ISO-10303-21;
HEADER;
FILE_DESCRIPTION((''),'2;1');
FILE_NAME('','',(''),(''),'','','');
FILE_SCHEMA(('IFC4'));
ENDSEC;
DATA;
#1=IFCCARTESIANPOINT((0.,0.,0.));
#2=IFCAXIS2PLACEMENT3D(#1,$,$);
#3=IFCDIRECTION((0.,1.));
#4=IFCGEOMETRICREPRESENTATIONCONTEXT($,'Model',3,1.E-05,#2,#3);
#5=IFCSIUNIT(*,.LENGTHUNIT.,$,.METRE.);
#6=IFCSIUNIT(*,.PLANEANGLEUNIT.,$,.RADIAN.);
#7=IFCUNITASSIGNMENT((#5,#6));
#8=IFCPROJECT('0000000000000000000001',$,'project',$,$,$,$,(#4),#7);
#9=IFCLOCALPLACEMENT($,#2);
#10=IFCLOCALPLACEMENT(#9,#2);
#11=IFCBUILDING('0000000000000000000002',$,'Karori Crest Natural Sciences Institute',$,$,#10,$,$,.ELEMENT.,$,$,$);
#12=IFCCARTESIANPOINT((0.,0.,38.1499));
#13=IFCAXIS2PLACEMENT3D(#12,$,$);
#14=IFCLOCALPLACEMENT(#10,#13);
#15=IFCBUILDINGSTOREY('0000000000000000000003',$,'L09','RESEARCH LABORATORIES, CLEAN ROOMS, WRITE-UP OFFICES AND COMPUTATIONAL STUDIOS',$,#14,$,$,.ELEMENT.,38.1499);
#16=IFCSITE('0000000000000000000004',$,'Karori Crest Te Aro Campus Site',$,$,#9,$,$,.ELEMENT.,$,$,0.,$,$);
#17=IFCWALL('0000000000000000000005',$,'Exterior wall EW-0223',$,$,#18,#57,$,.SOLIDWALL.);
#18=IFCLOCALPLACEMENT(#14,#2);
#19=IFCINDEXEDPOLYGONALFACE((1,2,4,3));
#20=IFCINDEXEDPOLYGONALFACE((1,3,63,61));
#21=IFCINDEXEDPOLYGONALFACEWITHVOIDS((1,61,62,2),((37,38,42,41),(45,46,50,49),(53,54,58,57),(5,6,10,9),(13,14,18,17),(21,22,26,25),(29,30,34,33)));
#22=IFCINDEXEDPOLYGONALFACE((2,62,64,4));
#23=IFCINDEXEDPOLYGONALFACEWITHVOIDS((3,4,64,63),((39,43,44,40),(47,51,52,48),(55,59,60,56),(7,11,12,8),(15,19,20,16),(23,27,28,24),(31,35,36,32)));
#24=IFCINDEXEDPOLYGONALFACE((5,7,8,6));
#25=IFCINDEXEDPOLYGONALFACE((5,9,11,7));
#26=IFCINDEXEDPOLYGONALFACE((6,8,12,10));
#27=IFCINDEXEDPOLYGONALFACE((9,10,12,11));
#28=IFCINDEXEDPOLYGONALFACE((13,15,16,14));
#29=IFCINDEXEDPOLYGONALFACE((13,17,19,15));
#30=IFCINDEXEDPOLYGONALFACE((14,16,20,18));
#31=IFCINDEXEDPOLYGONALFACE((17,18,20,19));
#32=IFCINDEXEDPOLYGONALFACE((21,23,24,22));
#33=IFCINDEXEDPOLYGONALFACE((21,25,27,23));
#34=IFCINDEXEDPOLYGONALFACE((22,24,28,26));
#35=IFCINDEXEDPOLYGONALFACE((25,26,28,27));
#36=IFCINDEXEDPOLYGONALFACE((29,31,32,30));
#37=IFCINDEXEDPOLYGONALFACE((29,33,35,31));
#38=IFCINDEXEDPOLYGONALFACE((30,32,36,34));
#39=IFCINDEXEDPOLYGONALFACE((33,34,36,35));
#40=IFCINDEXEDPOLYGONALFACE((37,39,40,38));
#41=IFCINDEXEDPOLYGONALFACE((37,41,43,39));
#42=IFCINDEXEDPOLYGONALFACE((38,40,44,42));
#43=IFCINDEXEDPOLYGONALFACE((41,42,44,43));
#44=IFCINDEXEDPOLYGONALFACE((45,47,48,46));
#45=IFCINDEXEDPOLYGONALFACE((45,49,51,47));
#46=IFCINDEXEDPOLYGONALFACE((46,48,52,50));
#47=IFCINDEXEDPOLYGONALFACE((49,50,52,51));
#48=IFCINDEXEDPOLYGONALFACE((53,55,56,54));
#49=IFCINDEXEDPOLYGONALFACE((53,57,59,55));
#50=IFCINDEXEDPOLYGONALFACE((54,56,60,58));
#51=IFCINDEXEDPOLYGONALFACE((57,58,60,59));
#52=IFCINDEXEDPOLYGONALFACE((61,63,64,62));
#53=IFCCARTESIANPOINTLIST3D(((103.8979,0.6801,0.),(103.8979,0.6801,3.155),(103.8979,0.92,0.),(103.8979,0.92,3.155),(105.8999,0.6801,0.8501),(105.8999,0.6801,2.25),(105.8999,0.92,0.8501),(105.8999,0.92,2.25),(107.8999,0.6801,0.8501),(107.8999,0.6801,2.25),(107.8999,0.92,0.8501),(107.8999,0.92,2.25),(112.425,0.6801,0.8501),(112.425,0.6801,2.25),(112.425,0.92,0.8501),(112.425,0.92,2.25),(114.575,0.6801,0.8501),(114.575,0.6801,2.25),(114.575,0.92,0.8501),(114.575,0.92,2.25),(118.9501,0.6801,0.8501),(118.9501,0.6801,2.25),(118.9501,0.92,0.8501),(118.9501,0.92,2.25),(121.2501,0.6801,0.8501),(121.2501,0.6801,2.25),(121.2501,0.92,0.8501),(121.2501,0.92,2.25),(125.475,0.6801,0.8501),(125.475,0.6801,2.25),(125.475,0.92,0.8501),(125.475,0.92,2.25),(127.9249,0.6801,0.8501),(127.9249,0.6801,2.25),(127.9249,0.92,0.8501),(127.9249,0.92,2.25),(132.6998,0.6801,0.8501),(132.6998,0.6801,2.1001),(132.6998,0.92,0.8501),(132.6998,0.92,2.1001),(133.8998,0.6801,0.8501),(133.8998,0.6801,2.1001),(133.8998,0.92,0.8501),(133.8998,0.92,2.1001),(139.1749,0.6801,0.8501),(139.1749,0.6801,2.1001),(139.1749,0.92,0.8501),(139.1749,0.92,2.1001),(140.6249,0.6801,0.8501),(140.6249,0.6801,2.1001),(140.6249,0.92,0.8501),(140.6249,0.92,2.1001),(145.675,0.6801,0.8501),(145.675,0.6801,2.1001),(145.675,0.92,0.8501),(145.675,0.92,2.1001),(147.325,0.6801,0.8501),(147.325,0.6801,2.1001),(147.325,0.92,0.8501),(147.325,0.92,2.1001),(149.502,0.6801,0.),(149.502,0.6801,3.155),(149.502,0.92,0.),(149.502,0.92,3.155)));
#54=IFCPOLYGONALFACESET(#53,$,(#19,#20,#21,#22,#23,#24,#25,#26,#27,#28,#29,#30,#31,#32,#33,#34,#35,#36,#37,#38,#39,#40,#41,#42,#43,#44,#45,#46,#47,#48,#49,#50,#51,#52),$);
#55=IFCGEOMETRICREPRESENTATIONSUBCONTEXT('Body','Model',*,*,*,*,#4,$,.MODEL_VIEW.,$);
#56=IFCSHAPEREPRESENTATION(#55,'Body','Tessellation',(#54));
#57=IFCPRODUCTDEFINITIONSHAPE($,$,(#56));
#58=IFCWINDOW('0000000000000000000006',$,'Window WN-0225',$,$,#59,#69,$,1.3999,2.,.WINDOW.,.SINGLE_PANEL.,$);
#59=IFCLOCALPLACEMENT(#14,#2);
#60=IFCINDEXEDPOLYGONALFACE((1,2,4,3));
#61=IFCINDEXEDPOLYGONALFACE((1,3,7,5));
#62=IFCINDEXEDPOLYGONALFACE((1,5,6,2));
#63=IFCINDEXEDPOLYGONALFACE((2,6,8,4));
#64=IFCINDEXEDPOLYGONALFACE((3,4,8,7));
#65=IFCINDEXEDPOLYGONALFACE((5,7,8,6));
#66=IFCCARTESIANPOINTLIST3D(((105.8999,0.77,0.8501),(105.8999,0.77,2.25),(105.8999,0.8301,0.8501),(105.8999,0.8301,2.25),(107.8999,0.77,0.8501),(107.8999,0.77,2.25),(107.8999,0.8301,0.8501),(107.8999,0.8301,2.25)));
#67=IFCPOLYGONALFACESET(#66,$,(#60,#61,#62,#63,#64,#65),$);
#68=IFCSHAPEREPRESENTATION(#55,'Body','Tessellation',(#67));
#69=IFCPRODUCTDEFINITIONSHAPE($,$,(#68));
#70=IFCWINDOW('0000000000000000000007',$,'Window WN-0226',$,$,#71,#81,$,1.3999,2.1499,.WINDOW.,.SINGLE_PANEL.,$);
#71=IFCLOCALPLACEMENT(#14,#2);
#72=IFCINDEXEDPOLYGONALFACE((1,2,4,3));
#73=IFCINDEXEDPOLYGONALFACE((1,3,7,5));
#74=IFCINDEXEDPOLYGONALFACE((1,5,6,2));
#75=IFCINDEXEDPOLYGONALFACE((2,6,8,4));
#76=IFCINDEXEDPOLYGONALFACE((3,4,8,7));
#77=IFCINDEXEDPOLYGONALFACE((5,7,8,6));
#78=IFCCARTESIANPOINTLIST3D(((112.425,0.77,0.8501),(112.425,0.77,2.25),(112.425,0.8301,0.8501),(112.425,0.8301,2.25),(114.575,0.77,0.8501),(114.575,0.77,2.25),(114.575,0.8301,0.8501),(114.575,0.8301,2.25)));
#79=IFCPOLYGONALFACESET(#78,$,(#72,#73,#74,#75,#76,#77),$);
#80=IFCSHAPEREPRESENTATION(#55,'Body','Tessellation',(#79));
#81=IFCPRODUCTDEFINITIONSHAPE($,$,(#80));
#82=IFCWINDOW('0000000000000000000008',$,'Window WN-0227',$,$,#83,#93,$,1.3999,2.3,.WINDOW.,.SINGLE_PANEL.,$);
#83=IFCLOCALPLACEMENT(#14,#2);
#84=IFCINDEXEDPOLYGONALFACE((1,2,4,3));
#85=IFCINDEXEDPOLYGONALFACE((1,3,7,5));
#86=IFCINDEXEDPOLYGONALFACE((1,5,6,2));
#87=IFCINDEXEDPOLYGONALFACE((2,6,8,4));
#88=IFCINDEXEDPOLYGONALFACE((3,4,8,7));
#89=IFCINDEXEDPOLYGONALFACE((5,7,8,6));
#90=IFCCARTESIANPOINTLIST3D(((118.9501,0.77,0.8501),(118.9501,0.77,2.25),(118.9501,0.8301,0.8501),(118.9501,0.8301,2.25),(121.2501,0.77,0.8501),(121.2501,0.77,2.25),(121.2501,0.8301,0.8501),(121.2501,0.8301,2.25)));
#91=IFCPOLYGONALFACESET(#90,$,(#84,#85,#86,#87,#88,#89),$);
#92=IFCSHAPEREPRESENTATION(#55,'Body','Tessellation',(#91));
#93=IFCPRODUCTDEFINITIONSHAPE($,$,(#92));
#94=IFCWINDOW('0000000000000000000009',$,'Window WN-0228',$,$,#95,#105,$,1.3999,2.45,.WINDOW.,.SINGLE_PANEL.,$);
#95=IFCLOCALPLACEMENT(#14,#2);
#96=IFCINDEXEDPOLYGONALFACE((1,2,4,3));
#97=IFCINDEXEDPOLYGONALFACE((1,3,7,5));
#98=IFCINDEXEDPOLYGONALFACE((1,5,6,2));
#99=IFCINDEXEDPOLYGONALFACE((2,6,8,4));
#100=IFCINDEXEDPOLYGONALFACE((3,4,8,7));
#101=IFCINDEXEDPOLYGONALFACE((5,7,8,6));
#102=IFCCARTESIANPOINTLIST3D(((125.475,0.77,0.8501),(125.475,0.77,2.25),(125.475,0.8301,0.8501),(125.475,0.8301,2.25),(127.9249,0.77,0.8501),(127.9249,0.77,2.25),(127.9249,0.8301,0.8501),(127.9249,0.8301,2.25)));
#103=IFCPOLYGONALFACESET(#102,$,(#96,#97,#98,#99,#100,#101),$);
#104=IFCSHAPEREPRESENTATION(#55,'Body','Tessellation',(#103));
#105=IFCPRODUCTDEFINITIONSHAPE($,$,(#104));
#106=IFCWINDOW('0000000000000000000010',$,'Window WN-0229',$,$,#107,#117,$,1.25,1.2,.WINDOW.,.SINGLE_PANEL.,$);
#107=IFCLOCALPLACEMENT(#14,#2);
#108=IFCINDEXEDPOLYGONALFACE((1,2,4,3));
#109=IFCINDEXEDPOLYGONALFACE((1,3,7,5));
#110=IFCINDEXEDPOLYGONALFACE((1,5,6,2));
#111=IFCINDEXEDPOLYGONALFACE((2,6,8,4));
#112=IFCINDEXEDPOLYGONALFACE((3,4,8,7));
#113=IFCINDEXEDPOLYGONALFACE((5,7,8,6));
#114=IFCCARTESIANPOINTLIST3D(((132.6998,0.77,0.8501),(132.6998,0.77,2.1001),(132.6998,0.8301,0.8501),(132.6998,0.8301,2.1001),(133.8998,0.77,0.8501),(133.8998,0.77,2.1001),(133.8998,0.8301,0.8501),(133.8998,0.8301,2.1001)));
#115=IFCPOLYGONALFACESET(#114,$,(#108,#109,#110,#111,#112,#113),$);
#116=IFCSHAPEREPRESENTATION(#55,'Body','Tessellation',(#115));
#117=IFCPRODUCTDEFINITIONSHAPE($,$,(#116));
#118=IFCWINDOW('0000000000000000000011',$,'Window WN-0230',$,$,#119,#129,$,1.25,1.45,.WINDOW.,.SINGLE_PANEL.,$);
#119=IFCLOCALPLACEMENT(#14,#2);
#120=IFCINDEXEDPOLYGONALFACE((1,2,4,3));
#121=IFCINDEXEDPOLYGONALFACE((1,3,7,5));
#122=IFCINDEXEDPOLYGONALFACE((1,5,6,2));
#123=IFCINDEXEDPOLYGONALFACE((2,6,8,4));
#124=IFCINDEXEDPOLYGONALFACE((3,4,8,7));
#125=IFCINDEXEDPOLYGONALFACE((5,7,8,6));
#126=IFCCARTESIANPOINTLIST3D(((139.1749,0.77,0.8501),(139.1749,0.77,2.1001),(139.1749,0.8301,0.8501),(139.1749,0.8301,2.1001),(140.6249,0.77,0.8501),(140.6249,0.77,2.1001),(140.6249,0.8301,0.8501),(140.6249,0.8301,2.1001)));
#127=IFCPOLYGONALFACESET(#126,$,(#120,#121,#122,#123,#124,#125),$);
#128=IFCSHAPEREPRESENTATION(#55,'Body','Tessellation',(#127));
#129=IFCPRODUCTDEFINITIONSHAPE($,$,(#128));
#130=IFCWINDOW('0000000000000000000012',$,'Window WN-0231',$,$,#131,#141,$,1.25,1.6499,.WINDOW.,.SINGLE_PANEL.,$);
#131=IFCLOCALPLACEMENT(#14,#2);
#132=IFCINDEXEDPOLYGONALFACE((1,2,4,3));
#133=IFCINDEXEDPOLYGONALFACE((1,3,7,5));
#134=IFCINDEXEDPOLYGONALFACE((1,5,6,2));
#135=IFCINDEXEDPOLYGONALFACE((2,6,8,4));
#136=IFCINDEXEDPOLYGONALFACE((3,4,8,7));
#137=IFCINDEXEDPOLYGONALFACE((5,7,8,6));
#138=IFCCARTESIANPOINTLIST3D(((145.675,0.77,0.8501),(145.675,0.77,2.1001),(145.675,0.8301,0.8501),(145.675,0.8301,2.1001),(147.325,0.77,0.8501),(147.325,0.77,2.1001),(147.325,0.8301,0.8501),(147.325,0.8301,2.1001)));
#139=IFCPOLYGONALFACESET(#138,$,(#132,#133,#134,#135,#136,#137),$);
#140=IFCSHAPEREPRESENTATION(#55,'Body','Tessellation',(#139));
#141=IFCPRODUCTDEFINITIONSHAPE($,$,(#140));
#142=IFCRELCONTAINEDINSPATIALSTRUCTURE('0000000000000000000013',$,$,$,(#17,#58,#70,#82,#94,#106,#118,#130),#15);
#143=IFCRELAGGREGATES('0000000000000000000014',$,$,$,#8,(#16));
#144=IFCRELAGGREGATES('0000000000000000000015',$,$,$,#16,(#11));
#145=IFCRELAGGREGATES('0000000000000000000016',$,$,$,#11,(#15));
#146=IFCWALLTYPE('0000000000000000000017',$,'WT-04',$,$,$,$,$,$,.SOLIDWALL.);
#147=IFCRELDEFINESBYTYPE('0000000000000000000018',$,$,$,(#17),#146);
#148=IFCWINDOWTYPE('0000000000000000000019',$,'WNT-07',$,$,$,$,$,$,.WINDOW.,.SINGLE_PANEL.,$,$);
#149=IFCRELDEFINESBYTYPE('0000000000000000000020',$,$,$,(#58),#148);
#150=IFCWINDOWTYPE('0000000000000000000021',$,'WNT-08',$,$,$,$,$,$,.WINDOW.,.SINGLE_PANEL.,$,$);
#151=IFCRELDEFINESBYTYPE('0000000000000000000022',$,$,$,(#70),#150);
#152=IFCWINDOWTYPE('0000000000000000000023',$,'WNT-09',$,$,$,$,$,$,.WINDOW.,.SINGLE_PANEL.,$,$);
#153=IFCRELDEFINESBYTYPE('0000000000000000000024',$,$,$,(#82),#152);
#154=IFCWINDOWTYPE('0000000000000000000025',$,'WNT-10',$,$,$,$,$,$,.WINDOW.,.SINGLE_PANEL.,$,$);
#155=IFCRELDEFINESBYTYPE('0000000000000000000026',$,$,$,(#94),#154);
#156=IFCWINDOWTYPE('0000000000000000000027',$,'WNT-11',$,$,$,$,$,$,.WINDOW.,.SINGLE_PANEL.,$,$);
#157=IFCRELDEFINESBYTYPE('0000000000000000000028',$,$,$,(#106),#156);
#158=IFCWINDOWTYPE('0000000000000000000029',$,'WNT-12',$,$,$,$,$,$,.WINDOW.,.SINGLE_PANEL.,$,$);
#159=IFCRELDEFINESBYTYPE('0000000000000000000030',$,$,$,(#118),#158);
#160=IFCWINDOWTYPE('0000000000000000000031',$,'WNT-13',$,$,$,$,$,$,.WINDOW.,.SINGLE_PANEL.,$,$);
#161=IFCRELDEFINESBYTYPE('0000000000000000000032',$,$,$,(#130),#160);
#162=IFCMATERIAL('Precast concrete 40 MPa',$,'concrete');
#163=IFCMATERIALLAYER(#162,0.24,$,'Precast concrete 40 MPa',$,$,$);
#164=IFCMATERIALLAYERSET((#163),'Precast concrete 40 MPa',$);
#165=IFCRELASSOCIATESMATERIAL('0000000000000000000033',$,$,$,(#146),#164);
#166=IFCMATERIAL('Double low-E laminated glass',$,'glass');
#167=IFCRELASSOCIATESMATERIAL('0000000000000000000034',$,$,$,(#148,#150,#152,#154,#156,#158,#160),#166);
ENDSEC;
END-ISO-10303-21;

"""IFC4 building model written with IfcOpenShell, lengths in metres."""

from ifc_helpers import new_model, si_unit, direction, frame, frame_2d, origin, place, context, subcontext, project, spatial, rectangle, extrude, material, layer, layer_set, type_object, element, fill, save


model = new_model("IFC4")

# Units and contexts
model_context = context("Model", 3, precision=1e-05, world=origin(), true_north=direction((0.0, 1.0)))
body_context = subcontext(model_context, "Body", "Model", "MODEL_VIEW")
ifc_project = project(units=[si_unit("LENGTHUNIT", "METRE"), si_unit("PLANEANGLEUNIT", "RADIAN")], contexts=[model_context])

# Site, building, storey
site_placement = place(None, origin())
site = spatial("IfcSite", under=ifc_project, at=site_placement, Name="Karori Crest Te Aro Campus Site", CompositionType="ELEMENT", RefElevation=0.0)
building_placement = place(site_placement, origin())
building = spatial("IfcBuilding", under=site, at=building_placement, Name="Karori Crest Natural Sciences Institute", CompositionType="ELEMENT")
storey_placement = place(building_placement, frame((0.0, 0.0, 38.1499)))
storey = spatial("IfcBuildingStorey", under=building, at=storey_placement, Name="L09", Description="RESEARCH LABORATORIES, CLEAN ROOMS, WRITE-UP OFFICES AND COMPUTATIONAL STUDIOS", CompositionType="ELEMENT", Elevation=38.1499)

# Wall, openings, windows
ifc_material_1 = material(Name="Precast concrete 40 MPa", Category="concrete")
ifc_layer_1 = layer(ifc_material_1, 0.24, Name="Precast concrete 40 MPa")
ifc_layer_set_1 = layer_set([ifc_layer_1], Name="Precast concrete 40 MPa")
wall_type_1 = type_object("IfcWallType", Name="WT-04", PredefinedType="SOLIDWALL", material=ifc_layer_set_1)
wall_1_placement = place(storey_placement, frame((149.502, 0.8, 0.0), z_axis=(0.0, 0.0, 1.0), x_axis=(-1.0, 0.0, 0.0)))
wall_1 = element("IfcWall", 1, at=wall_1_placement, inside=storey, type_object=wall_type_1, Name="Exterior wall EW-0223", PredefinedType="SOLIDWALL", context=body_context, shape_type="SweptSolid", body=[
    extrude(rectangle(XDim=45.604, YDim=0.24, at=frame_2d((22.802, 0.0))), origin(), (0.0, 0.0, 1.0), 3.155),
])
opening_1_placement = place(wall_1_placement, frame((41.6021, 0.0, 0.8501)))
opening_1 = element("IfcOpeningElement", 2, at=opening_1_placement, cuts=wall_1, PredefinedType="OPENING", context=body_context, shape_type="SweptSolid", body=[
    extrude(rectangle(XDim=2.0, YDim=1.3999, at=frame_2d((1.0, 0.7))), frame((0.0, 0.1299, 0.0), z_axis=(0.0, -1.0, 0.0), x_axis=(1.0, 0.0, 0.0)), (0.0, 0.0, 1.0), 0.26),
])
opening_2_placement = place(wall_1_placement, frame((34.927, 0.0, 0.8501)))
opening_2 = element("IfcOpeningElement", 3, at=opening_2_placement, cuts=wall_1, PredefinedType="OPENING", context=body_context, shape_type="SweptSolid", body=[
    extrude(rectangle(XDim=2.1499, YDim=1.3999, at=frame_2d((1.075, 0.7))), frame((0.0, 0.1299, 0.0), z_axis=(0.0, -1.0, 0.0), x_axis=(1.0, 0.0, 0.0)), (0.0, 0.0, 1.0), 0.26),
])
opening_3_placement = place(wall_1_placement, frame((28.252, 0.0, 0.8501)))
opening_3 = element("IfcOpeningElement", 4, at=opening_3_placement, cuts=wall_1, PredefinedType="OPENING", context=body_context, shape_type="SweptSolid", body=[
    extrude(rectangle(XDim=2.3, YDim=1.3999, at=frame_2d((1.1499, 0.7))), frame((0.0, 0.1299, 0.0), z_axis=(0.0, -1.0, 0.0), x_axis=(1.0, 0.0, 0.0)), (0.0, 0.0, 1.0), 0.26),
])
opening_4_placement = place(wall_1_placement, frame((21.5769, 0.0, 0.8501)))
opening_4 = element("IfcOpeningElement", 5, at=opening_4_placement, cuts=wall_1, PredefinedType="OPENING", context=body_context, shape_type="SweptSolid", body=[
    extrude(rectangle(XDim=2.45, YDim=1.3999, at=frame_2d((1.2251, 0.7))), frame((0.0, 0.1299, 0.0), z_axis=(0.0, -1.0, 0.0), x_axis=(1.0, 0.0, 0.0)), (0.0, 0.0, 1.0), 0.26),
])
opening_5_placement = place(wall_1_placement, frame((15.6021, 0.0, 0.8501)))
opening_5 = element("IfcOpeningElement", 6, at=opening_5_placement, cuts=wall_1, PredefinedType="OPENING", context=body_context, shape_type="SweptSolid", body=[
    extrude(rectangle(XDim=1.2, YDim=1.25, at=frame_2d((0.6001, 0.625))), frame((0.0, 0.1299, 0.0), z_axis=(0.0, -1.0, 0.0), x_axis=(1.0, 0.0, 0.0)), (0.0, 0.0, 1.0), 0.26),
])
opening_6_placement = place(wall_1_placement, frame((8.877, 0.0, 0.8501)))
opening_6 = element("IfcOpeningElement", 7, at=opening_6_placement, cuts=wall_1, PredefinedType="OPENING", context=body_context, shape_type="SweptSolid", body=[
    extrude(rectangle(XDim=1.45, YDim=1.25, at=frame_2d((0.7251, 0.625))), frame((0.0, 0.1299, 0.0), z_axis=(0.0, -1.0, 0.0), x_axis=(1.0, 0.0, 0.0)), (0.0, 0.0, 1.0), 0.26),
])
opening_7_placement = place(wall_1_placement, frame((2.177, 0.0, 0.8501)))
opening_7 = element("IfcOpeningElement", 8, at=opening_7_placement, cuts=wall_1, PredefinedType="OPENING", context=body_context, shape_type="SweptSolid", body=[
    extrude(rectangle(XDim=1.6499, YDim=1.25, at=frame_2d((0.825, 0.625))), frame((0.0, 0.1299, 0.0), z_axis=(0.0, -1.0, 0.0), x_axis=(1.0, 0.0, 0.0)), (0.0, 0.0, 1.0), 0.26),
])
ifc_material_2 = material(Name="Double low-E laminated glass", Category="glass")
window_type_1 = type_object("IfcWindowType", Name="WNT-07", PartitioningType="SINGLE_PANEL", PredefinedType="WINDOW", material=ifc_material_2)
window_1_placement = place(opening_1_placement, origin())
window_1 = element("IfcWindow", 9, at=window_1_placement, inside=storey, type_object=window_type_1, Name="Window WN-0225", OverallHeight=1.3999, OverallWidth=2.0, PartitioningType="SINGLE_PANEL", PredefinedType="WINDOW", context=body_context, shape_type="SweptSolid", body=[
    extrude(rectangle(XDim=2.0, YDim=1.3999, at=frame_2d((1.0, 0.7))), frame((0.0, 0.03, 0.0), z_axis=(0.0, -1.0, 0.0), x_axis=(1.0, 0.0, 0.0)), (0.0, 0.0, 1.0), 0.0601),
])
fill(opening_1, window_1)
window_type_2 = type_object("IfcWindowType", Name="WNT-08", PartitioningType="SINGLE_PANEL", PredefinedType="WINDOW", material=ifc_material_2)
window_2_placement = place(opening_2_placement, origin())
window_2 = element("IfcWindow", 10, at=window_2_placement, inside=storey, type_object=window_type_2, Name="Window WN-0226", OverallHeight=1.3999, OverallWidth=2.1499, PartitioningType="SINGLE_PANEL", PredefinedType="WINDOW", context=body_context, shape_type="SweptSolid", body=[
    extrude(rectangle(XDim=2.1499, YDim=1.3999, at=frame_2d((1.075, 0.7))), frame((0.0, 0.03, 0.0), z_axis=(0.0, -1.0, 0.0), x_axis=(1.0, 0.0, 0.0)), (0.0, 0.0, 1.0), 0.0601),
])
fill(opening_2, window_2)
window_type_3 = type_object("IfcWindowType", Name="WNT-09", PartitioningType="SINGLE_PANEL", PredefinedType="WINDOW", material=ifc_material_2)
window_3_placement = place(opening_3_placement, origin())
window_3 = element("IfcWindow", 11, at=window_3_placement, inside=storey, type_object=window_type_3, Name="Window WN-0227", OverallHeight=1.3999, OverallWidth=2.3, PartitioningType="SINGLE_PANEL", PredefinedType="WINDOW", context=body_context, shape_type="SweptSolid", body=[
    extrude(rectangle(XDim=2.3, YDim=1.3999, at=frame_2d((1.1499, 0.7))), frame((0.0, 0.03, 0.0), z_axis=(0.0, -1.0, 0.0), x_axis=(1.0, 0.0, 0.0)), (0.0, 0.0, 1.0), 0.0601),
])
fill(opening_3, window_3)
window_type_4 = type_object("IfcWindowType", Name="WNT-10", PartitioningType="SINGLE_PANEL", PredefinedType="WINDOW", material=ifc_material_2)
window_4_placement = place(opening_4_placement, origin())
window_4 = element("IfcWindow", 12, at=window_4_placement, inside=storey, type_object=window_type_4, Name="Window WN-0228", OverallHeight=1.3999, OverallWidth=2.45, PartitioningType="SINGLE_PANEL", PredefinedType="WINDOW", context=body_context, shape_type="SweptSolid", body=[
    extrude(rectangle(XDim=2.45, YDim=1.3999, at=frame_2d((1.2251, 0.7))), frame((0.0, 0.03, 0.0), z_axis=(0.0, -1.0, 0.0), x_axis=(1.0, 0.0, 0.0)), (0.0, 0.0, 1.0), 0.0601),
])
fill(opening_4, window_4)
window_type_5 = type_object("IfcWindowType", Name="WNT-11", PartitioningType="SINGLE_PANEL", PredefinedType="WINDOW", material=ifc_material_2)
window_5_placement = place(opening_5_placement, origin())
window_5 = element("IfcWindow", 13, at=window_5_placement, inside=storey, type_object=window_type_5, Name="Window WN-0229", OverallHeight=1.25, OverallWidth=1.2, PartitioningType="SINGLE_PANEL", PredefinedType="WINDOW", context=body_context, shape_type="SweptSolid", body=[
    extrude(rectangle(XDim=1.2, YDim=1.25, at=frame_2d((0.6001, 0.625))), frame((0.0, 0.03, 0.0), z_axis=(0.0, -1.0, 0.0), x_axis=(1.0, 0.0, 0.0)), (0.0, 0.0, 1.0), 0.0601),
])
fill(opening_5, window_5)
window_type_6 = type_object("IfcWindowType", Name="WNT-12", PartitioningType="SINGLE_PANEL", PredefinedType="WINDOW", material=ifc_material_2)
window_6_placement = place(opening_6_placement, origin())
window_6 = element("IfcWindow", 14, at=window_6_placement, inside=storey, type_object=window_type_6, Name="Window WN-0230", OverallHeight=1.25, OverallWidth=1.45, PartitioningType="SINGLE_PANEL", PredefinedType="WINDOW", context=body_context, shape_type="SweptSolid", body=[
    extrude(rectangle(XDim=1.45, YDim=1.25, at=frame_2d((0.7251, 0.625))), frame((0.0, 0.03, 0.0), z_axis=(0.0, -1.0, 0.0), x_axis=(1.0, 0.0, 0.0)), (0.0, 0.0, 1.0), 0.0601),
])
fill(opening_6, window_6)
window_type_7 = type_object("IfcWindowType", Name="WNT-13", PartitioningType="SINGLE_PANEL", PredefinedType="WINDOW", material=ifc_material_2)
window_7_placement = place(opening_7_placement, origin())
window_7 = element("IfcWindow", 15, at=window_7_placement, inside=storey, type_object=window_type_7, Name="Window WN-0231", OverallHeight=1.25, OverallWidth=1.6499, PartitioningType="SINGLE_PANEL", PredefinedType="WINDOW", context=body_context, shape_type="SweptSolid", body=[
    extrude(rectangle(XDim=1.6499, YDim=1.25, at=frame_2d((0.825, 0.625))), frame((0.0, 0.03, 0.0), z_axis=(0.0, -1.0, 0.0), x_axis=(1.0, 0.0, 0.0)), (0.0, 0.0, 1.0), 0.0601),
])
fill(opening_7, window_7)

save(model, "model.ifc")
